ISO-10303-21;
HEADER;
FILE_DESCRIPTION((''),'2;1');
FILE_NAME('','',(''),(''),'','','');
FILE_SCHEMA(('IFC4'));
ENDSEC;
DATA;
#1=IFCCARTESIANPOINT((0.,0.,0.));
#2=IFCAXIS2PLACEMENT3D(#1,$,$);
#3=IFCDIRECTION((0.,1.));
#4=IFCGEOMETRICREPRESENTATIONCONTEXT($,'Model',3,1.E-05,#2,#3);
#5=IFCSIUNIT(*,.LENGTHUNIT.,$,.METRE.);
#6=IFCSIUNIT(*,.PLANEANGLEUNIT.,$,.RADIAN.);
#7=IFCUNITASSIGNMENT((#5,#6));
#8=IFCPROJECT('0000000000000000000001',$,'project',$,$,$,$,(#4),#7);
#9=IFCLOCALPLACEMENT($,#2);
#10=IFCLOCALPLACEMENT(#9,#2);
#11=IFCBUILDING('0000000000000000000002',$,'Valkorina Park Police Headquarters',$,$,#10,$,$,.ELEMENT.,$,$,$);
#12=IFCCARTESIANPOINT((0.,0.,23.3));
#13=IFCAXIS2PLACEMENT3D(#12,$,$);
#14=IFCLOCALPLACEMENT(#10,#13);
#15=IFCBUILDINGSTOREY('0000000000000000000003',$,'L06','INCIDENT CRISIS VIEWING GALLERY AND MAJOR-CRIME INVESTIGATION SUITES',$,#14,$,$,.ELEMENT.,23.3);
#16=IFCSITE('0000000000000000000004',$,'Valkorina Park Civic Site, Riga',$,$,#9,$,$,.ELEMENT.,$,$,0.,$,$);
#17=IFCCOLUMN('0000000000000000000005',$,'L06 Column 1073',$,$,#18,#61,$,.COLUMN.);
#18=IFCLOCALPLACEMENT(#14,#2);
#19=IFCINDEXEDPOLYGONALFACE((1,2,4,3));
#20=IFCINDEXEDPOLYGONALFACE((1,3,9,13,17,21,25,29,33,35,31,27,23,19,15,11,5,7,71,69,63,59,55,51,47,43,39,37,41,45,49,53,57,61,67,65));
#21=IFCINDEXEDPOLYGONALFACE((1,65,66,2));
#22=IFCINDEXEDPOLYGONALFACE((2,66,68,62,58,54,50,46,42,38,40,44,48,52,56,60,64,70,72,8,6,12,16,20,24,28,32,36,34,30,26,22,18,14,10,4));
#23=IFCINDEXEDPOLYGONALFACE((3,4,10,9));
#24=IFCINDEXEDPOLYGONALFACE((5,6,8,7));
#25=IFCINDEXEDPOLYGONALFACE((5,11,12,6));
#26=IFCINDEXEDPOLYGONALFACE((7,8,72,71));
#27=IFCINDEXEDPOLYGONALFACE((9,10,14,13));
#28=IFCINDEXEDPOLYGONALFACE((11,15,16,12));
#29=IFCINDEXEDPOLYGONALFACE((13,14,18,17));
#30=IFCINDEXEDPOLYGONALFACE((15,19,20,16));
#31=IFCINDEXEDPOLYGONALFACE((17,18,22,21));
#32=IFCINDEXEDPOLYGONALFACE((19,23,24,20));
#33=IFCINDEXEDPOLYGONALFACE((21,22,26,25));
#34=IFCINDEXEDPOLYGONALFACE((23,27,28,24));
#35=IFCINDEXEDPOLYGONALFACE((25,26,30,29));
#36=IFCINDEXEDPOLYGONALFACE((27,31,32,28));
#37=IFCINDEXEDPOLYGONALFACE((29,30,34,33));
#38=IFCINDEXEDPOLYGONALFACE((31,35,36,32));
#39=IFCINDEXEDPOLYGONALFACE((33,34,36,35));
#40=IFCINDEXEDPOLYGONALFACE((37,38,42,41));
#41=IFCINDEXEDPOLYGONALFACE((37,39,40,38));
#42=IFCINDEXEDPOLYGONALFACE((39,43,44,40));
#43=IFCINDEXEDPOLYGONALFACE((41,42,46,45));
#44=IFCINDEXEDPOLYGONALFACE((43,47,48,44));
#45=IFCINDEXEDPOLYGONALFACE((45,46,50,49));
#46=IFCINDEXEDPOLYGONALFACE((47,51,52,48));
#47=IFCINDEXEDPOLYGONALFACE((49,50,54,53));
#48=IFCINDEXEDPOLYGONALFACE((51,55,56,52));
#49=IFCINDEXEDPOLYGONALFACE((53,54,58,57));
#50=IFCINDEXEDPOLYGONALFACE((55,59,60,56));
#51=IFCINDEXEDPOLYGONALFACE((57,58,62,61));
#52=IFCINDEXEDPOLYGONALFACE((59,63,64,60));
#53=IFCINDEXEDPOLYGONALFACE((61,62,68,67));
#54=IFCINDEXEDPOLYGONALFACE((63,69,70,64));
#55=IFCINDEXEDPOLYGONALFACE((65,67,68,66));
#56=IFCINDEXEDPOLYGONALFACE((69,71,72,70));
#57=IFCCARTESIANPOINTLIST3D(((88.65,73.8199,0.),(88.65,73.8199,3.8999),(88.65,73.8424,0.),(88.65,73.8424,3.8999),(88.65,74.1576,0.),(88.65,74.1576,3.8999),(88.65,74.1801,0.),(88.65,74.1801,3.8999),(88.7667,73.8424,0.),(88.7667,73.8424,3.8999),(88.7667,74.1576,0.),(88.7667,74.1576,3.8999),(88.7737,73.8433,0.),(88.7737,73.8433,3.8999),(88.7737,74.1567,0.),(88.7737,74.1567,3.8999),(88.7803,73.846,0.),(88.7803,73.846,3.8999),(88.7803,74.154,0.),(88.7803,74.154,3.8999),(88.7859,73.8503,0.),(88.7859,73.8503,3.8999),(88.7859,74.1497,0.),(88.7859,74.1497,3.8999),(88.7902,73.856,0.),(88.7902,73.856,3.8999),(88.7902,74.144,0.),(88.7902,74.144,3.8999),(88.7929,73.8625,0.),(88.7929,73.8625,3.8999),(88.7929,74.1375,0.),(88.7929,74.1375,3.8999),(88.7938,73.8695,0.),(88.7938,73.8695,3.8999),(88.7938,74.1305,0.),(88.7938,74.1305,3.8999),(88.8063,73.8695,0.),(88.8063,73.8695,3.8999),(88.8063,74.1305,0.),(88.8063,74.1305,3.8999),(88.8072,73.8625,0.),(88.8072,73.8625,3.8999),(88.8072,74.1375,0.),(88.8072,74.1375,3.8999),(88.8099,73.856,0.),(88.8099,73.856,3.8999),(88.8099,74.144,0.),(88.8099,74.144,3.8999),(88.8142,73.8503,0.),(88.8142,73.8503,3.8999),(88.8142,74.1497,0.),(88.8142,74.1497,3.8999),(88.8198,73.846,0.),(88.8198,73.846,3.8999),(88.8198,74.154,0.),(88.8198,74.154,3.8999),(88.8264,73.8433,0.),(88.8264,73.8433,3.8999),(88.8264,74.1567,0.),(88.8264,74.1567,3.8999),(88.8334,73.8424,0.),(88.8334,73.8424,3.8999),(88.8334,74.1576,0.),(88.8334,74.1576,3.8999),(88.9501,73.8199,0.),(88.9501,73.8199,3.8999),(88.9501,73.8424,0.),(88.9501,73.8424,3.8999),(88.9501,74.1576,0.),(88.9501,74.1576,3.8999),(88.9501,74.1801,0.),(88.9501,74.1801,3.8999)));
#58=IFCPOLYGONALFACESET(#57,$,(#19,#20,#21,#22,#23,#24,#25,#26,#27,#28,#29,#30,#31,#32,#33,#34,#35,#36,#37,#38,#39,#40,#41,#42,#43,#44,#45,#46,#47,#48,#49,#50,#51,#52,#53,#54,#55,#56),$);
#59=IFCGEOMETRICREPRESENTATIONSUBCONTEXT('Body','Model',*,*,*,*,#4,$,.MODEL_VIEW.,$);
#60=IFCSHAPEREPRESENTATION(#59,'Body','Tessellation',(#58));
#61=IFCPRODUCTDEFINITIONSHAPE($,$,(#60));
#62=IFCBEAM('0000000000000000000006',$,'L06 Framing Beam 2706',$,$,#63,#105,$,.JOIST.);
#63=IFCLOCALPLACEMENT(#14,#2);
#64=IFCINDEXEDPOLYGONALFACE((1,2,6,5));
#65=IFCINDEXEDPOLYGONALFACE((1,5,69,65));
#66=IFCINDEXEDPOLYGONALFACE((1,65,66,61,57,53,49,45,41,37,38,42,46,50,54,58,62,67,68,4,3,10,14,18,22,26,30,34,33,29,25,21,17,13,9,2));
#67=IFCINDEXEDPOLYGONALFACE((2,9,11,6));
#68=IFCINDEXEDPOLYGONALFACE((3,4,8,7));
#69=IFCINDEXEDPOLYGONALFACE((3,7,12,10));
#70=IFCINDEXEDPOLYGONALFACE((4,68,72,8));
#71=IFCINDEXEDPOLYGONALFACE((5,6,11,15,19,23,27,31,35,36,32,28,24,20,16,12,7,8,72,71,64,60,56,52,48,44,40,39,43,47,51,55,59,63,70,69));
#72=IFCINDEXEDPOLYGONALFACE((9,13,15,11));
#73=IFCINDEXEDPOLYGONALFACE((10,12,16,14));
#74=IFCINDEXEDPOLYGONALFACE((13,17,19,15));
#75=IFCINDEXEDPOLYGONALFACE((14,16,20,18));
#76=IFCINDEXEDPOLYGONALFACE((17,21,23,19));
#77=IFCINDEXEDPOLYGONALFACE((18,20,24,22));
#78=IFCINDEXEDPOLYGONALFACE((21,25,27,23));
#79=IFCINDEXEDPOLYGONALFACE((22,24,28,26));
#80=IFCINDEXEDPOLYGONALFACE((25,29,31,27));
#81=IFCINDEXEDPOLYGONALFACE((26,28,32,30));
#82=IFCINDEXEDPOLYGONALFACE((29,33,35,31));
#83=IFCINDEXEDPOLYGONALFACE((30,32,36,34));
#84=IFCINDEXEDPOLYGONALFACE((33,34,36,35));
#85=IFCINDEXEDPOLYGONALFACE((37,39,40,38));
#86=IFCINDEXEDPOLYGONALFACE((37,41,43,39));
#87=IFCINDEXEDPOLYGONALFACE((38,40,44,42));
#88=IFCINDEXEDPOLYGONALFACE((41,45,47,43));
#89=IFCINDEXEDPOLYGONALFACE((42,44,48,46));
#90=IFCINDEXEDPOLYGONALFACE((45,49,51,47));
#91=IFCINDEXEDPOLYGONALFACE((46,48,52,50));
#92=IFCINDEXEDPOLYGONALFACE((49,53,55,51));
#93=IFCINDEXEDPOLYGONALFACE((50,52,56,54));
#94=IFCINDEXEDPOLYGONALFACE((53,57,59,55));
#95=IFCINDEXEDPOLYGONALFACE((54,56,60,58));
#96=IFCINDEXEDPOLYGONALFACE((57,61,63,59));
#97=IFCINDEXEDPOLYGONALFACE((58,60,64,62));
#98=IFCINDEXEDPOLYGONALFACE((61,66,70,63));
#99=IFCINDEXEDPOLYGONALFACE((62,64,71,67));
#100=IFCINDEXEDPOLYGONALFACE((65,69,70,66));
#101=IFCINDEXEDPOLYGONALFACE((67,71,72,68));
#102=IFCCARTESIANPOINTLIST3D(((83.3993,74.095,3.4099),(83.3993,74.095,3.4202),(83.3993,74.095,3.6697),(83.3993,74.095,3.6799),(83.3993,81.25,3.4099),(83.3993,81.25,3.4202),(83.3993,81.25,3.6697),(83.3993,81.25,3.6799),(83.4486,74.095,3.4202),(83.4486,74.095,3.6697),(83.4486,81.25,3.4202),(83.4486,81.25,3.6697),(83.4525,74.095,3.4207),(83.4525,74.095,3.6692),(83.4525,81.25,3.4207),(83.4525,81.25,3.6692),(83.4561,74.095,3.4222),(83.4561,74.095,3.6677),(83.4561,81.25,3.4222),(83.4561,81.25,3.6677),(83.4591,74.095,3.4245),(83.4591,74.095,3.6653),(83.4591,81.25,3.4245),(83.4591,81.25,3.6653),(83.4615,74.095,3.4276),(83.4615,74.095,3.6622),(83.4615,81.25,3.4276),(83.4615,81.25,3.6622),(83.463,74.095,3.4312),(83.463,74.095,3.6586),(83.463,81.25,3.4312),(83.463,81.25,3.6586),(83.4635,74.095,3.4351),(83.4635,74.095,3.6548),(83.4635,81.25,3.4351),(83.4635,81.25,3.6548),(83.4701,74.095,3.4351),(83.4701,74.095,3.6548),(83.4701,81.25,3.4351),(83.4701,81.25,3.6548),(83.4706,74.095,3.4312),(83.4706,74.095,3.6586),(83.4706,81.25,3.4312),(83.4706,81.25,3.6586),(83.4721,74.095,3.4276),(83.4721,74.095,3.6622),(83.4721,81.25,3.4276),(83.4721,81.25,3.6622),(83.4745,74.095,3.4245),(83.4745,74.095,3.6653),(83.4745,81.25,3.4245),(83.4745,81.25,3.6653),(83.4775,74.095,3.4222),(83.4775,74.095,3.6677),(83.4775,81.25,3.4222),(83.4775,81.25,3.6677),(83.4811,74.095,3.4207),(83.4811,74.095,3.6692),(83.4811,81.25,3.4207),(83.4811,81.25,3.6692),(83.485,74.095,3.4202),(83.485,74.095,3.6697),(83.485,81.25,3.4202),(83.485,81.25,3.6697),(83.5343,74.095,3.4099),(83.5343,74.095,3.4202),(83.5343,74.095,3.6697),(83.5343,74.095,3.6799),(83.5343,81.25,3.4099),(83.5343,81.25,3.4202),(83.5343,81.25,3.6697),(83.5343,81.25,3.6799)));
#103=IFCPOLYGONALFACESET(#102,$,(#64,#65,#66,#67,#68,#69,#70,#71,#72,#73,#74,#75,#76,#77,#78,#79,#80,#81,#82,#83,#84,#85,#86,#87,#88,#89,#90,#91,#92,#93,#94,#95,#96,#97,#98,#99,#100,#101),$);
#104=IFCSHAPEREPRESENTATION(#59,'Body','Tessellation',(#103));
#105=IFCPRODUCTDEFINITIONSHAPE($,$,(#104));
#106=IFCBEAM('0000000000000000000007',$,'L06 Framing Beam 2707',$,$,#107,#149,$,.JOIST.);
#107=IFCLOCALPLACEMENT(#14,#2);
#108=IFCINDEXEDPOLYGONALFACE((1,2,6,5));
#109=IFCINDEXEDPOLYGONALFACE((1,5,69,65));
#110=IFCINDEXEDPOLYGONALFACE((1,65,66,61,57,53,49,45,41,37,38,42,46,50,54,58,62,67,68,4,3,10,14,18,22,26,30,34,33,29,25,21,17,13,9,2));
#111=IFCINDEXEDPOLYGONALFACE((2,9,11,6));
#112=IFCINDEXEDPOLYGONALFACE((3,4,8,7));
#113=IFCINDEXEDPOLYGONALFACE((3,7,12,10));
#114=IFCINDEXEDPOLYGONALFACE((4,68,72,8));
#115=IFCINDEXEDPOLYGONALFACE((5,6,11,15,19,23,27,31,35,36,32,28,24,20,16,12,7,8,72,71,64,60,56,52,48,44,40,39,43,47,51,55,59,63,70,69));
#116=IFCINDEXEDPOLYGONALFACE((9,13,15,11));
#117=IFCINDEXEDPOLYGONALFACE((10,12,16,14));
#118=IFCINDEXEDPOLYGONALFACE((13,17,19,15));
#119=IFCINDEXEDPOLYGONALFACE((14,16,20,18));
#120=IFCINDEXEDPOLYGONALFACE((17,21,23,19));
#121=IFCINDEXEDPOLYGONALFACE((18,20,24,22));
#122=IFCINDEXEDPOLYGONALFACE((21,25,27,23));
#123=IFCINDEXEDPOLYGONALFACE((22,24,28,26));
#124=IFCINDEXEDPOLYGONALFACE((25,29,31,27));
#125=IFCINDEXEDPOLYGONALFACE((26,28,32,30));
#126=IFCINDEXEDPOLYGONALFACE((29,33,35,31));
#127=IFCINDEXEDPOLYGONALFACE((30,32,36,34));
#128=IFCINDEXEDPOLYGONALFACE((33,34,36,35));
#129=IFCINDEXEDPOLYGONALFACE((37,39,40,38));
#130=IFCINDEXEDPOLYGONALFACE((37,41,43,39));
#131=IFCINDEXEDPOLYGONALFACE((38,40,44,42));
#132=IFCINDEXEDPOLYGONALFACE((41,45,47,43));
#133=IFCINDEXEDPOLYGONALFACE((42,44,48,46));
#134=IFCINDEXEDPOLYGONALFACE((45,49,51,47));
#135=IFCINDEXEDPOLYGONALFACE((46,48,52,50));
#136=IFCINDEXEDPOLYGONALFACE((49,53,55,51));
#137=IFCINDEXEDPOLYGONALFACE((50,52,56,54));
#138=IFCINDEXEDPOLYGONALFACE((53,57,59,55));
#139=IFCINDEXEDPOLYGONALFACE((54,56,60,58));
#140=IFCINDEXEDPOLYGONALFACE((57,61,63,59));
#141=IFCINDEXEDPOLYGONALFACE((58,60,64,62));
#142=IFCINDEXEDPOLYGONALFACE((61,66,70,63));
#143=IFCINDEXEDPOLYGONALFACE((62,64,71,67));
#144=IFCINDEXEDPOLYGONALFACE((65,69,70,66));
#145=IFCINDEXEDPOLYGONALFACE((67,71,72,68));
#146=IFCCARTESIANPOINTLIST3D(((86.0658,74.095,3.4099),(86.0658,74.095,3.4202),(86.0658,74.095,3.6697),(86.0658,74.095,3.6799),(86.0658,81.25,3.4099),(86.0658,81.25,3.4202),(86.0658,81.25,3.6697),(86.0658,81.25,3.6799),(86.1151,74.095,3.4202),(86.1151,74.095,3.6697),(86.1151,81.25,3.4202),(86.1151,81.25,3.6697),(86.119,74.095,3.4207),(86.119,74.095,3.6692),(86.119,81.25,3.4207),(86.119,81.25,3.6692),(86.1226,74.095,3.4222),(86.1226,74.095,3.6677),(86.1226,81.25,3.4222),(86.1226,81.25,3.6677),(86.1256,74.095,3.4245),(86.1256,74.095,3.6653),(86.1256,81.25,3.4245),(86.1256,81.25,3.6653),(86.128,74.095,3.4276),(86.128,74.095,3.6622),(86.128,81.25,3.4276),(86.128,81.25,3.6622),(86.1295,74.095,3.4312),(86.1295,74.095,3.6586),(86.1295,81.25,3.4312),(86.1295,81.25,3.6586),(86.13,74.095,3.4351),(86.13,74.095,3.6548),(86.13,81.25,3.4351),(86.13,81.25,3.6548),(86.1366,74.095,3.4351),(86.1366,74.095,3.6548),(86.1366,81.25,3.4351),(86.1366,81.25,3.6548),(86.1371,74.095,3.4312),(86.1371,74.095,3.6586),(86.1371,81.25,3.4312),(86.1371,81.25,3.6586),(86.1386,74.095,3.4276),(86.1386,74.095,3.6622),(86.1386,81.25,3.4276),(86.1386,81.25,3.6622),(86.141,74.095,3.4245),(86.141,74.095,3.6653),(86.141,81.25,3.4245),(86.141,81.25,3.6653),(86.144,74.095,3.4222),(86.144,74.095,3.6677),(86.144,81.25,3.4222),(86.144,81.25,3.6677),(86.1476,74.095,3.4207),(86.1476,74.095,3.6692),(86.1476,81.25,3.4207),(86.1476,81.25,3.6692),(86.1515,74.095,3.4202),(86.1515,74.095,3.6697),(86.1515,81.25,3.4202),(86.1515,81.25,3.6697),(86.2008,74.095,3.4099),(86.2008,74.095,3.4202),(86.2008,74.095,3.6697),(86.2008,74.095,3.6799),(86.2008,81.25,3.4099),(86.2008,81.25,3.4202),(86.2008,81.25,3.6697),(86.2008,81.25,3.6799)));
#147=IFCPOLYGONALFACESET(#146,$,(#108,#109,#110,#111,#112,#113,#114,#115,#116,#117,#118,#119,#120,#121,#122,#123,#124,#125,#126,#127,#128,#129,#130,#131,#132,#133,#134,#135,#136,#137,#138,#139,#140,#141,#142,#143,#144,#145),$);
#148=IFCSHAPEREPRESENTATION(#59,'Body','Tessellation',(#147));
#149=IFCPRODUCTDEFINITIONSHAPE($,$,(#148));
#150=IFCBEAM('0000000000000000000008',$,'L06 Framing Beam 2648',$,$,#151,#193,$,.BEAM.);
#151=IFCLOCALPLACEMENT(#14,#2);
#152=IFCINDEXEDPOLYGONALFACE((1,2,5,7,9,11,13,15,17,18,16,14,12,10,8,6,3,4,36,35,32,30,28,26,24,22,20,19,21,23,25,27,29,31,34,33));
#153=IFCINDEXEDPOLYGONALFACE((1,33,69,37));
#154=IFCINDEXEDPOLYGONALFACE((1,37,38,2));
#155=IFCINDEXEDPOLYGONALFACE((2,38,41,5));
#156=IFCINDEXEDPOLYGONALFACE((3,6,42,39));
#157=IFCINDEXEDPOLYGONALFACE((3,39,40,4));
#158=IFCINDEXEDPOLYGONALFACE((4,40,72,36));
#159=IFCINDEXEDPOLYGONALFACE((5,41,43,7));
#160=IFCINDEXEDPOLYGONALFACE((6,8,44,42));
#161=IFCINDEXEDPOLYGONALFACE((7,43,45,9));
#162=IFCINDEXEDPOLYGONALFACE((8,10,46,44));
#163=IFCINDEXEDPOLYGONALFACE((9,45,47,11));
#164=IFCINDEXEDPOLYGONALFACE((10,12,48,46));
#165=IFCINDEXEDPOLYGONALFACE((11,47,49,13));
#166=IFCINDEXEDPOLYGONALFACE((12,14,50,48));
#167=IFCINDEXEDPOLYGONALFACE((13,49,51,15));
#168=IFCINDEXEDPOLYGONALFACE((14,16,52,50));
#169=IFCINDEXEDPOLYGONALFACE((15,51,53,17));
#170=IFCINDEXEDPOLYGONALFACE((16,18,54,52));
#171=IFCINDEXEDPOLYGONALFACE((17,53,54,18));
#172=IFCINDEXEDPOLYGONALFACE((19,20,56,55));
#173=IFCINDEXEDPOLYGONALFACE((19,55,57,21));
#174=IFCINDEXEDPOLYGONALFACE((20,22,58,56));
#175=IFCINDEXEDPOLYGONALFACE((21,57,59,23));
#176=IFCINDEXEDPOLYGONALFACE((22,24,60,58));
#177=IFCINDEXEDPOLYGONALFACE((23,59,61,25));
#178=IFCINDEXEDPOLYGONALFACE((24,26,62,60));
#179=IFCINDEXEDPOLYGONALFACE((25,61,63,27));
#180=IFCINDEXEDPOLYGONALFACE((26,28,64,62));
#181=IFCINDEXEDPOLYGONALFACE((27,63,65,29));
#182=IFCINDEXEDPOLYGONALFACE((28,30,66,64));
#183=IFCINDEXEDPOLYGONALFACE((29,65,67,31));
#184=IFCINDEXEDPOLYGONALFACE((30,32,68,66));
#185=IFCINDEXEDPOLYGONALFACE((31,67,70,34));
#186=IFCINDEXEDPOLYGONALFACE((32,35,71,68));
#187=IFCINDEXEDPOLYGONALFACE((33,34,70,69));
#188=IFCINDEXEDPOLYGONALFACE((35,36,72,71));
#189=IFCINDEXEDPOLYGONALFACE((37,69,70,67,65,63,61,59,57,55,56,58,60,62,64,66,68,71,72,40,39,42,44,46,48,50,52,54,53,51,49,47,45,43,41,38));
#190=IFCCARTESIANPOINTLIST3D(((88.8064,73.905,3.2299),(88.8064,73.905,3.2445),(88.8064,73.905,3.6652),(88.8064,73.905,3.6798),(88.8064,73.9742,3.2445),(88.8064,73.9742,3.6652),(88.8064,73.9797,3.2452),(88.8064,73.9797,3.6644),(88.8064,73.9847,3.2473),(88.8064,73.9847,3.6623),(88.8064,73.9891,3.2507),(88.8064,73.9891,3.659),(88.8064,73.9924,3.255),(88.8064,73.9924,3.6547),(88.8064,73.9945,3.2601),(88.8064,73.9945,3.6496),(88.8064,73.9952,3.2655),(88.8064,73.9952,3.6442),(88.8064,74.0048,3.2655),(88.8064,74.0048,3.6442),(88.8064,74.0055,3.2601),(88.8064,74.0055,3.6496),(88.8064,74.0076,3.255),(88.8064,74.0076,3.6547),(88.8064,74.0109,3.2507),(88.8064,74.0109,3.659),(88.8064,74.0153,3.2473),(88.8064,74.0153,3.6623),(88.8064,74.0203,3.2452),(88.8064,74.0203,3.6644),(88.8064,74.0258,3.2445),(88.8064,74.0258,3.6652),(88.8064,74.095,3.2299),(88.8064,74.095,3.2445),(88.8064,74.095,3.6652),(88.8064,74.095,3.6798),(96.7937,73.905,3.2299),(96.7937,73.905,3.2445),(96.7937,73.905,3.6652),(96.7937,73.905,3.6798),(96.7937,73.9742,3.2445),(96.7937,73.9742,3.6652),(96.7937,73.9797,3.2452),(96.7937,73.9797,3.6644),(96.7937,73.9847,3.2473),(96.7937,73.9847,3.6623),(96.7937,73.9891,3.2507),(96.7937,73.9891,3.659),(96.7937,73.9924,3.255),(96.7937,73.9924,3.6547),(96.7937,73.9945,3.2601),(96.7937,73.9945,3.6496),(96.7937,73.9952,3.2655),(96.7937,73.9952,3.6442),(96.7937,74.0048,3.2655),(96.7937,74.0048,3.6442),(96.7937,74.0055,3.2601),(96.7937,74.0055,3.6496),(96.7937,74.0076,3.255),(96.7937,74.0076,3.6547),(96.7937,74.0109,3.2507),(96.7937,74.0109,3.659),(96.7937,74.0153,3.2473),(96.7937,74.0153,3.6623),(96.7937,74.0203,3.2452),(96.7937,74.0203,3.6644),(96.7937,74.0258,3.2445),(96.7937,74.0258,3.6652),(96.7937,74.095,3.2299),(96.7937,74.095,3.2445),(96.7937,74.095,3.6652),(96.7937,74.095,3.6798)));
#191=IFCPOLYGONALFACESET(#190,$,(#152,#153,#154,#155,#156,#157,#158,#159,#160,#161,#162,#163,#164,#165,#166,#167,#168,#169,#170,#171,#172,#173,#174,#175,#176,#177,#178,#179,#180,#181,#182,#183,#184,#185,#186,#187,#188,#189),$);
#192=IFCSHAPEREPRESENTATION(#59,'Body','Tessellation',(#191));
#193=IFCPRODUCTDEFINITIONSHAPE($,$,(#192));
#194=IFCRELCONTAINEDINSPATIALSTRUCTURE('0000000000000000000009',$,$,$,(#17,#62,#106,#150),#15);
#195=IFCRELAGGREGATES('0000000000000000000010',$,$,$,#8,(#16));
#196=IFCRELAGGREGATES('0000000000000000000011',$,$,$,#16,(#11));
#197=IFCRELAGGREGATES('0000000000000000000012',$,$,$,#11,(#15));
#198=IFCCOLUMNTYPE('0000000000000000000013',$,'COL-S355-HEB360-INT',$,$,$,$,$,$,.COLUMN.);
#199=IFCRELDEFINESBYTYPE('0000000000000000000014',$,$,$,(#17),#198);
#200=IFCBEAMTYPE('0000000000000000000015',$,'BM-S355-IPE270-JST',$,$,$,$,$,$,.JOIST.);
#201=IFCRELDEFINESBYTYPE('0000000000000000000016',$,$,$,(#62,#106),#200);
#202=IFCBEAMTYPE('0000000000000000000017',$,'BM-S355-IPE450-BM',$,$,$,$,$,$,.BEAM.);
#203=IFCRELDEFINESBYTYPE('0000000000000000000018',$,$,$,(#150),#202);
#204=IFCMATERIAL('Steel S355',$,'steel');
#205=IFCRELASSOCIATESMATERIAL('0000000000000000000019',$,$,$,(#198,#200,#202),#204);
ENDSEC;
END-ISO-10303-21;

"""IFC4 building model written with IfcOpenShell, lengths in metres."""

from ifc_helpers import new_model, si_unit, direction, frame, origin, origin_2d, place, context, subcontext, project, spatial, i_section, extrude, material, material_profile, profile_set, type_object, element, save


model = new_model("IFC4")

# Units and contexts
model_context = context("Model", 3, precision=1e-05, world=origin(), true_north=direction((0.0, 1.0)))
body_context = subcontext(model_context, "Body", "Model", "MODEL_VIEW")
ifc_project = project(units=[si_unit("LENGTHUNIT", "METRE"), si_unit("PLANEANGLEUNIT", "RADIAN")], contexts=[model_context])

# Site, building, storey
site_placement = place(None, origin())
site = spatial("IfcSite", under=ifc_project, at=site_placement, Name="Valkorina Park Civic Site, Riga", CompositionType="ELEMENT", RefElevation=0.0)
building_placement = place(site_placement, origin())
building = spatial("IfcBuilding", under=site, at=building_placement, Name="Valkorina Park Police Headquarters", CompositionType="ELEMENT")
storey_placement = place(building_placement, frame((0.0, 0.0, 23.3)))
storey = spatial("IfcBuildingStorey", under=building, at=storey_placement, Name="L06", Description="INCIDENT CRISIS VIEWING GALLERY AND MAJOR-CRIME INVESTIGATION SUITES", CompositionType="ELEMENT", Elevation=23.3)

# Column
ifc_material_1 = material(Name="Steel S355", Category="steel")
ifc_material_profile_1 = material_profile(ifc_material_1, i_section(OverallWidth=0.3, OverallDepth=0.3601, WebThickness=0.0125, FlangeThickness=0.0225, FilletRadius=0.0271, at=origin_2d()), Name="HEB 360")
ifc_profile_set_1 = profile_set([ifc_material_profile_1], Name="Steel S355")
column_type = type_object("IfcColumnType", Name="COL-S355-HEB360-INT", PredefinedType="COLUMN", material=ifc_profile_set_1)
column_placement = place(storey_placement, frame((88.8, 74.0, 0.0), z_axis=(0.0, 0.0, 1.0), x_axis=(1.0, 0.0, 0.0)))
element("IfcColumn", 1, at=column_placement, inside=storey, type_object=column_type, Name="L06 Column 1073", PredefinedType="COLUMN", context=body_context, shape_type="SweptSolid", body=[
    extrude(i_section(OverallWidth=0.3, OverallDepth=0.3601, WebThickness=0.0125, FlangeThickness=0.0225, FilletRadius=0.0271, at=origin_2d()), origin(), (0.0, 0.0, 1.0), 3.8999),
])

# Beams
ifc_material_profile_2 = material_profile(ifc_material_1, i_section(OverallWidth=0.135, OverallDepth=0.27, WebThickness=0.0066, FlangeThickness=0.0103, FilletRadius=0.0149, at=origin_2d()), Name="IPE 270")
ifc_profile_set_2 = profile_set([ifc_material_profile_2], Name="Steel S355")
beam_type_1 = type_object("IfcBeamType", Name="BM-S355-IPE270-JST", PredefinedType="JOIST", material=ifc_profile_set_2)
for number, where, z_axis, x_axis, name in (
    (2, (83.4668, 74.095, 3.5449), (0.0, 1.0, 0.0), (-1.0, 0.0, 0.0), "L06 Framing Beam 2706"),
    (3, (86.1333, 74.095, 3.5449), (0.0, 1.0, 0.0), (-1.0, 0.0, 0.0), "L06 Framing Beam 2707"),
):
    element("IfcBeam", number, at=place(storey_placement, frame(where, z_axis=z_axis, x_axis=x_axis)), inside=storey, type_object=beam_type_1, Name=name, PredefinedType="JOIST", context=body_context, shape_type="SweptSolid", body=[
        extrude(i_section(OverallWidth=0.135, OverallDepth=0.27, WebThickness=0.0066, FlangeThickness=0.0103, FilletRadius=0.0149, at=origin_2d()), origin(), (0.0, 0.0, 1.0), 7.155),
    ])
ifc_material_profile_3 = material_profile(ifc_material_1, i_section(OverallWidth=0.1899, OverallDepth=0.45, WebThickness=0.0095, FlangeThickness=0.0146, FilletRadius=0.021, at=origin_2d()), Name="IPE 450")
ifc_profile_set_3 = profile_set([ifc_material_profile_3], Name="Steel S355")
beam_type_2 = type_object("IfcBeamType", Name="BM-S355-IPE450-BM", PredefinedType="BEAM", material=ifc_profile_set_3)
beam_placement = place(storey_placement, frame((88.8064, 74.0, 3.4548), z_axis=(1.0, 0.0, 0.0), x_axis=(0.0, 1.0, 0.0)))
element("IfcBeam", 4, at=beam_placement, inside=storey, type_object=beam_type_2, Name="L06 Framing Beam 2648", PredefinedType="BEAM", context=body_context, shape_type="SweptSolid", body=[
    extrude(i_section(OverallWidth=0.1899, OverallDepth=0.45, WebThickness=0.0095, FlangeThickness=0.0146, FilletRadius=0.021, at=origin_2d()), origin(), (0.0, 0.0, 1.0), 7.9873),
])

save(model, "model.ifc")
